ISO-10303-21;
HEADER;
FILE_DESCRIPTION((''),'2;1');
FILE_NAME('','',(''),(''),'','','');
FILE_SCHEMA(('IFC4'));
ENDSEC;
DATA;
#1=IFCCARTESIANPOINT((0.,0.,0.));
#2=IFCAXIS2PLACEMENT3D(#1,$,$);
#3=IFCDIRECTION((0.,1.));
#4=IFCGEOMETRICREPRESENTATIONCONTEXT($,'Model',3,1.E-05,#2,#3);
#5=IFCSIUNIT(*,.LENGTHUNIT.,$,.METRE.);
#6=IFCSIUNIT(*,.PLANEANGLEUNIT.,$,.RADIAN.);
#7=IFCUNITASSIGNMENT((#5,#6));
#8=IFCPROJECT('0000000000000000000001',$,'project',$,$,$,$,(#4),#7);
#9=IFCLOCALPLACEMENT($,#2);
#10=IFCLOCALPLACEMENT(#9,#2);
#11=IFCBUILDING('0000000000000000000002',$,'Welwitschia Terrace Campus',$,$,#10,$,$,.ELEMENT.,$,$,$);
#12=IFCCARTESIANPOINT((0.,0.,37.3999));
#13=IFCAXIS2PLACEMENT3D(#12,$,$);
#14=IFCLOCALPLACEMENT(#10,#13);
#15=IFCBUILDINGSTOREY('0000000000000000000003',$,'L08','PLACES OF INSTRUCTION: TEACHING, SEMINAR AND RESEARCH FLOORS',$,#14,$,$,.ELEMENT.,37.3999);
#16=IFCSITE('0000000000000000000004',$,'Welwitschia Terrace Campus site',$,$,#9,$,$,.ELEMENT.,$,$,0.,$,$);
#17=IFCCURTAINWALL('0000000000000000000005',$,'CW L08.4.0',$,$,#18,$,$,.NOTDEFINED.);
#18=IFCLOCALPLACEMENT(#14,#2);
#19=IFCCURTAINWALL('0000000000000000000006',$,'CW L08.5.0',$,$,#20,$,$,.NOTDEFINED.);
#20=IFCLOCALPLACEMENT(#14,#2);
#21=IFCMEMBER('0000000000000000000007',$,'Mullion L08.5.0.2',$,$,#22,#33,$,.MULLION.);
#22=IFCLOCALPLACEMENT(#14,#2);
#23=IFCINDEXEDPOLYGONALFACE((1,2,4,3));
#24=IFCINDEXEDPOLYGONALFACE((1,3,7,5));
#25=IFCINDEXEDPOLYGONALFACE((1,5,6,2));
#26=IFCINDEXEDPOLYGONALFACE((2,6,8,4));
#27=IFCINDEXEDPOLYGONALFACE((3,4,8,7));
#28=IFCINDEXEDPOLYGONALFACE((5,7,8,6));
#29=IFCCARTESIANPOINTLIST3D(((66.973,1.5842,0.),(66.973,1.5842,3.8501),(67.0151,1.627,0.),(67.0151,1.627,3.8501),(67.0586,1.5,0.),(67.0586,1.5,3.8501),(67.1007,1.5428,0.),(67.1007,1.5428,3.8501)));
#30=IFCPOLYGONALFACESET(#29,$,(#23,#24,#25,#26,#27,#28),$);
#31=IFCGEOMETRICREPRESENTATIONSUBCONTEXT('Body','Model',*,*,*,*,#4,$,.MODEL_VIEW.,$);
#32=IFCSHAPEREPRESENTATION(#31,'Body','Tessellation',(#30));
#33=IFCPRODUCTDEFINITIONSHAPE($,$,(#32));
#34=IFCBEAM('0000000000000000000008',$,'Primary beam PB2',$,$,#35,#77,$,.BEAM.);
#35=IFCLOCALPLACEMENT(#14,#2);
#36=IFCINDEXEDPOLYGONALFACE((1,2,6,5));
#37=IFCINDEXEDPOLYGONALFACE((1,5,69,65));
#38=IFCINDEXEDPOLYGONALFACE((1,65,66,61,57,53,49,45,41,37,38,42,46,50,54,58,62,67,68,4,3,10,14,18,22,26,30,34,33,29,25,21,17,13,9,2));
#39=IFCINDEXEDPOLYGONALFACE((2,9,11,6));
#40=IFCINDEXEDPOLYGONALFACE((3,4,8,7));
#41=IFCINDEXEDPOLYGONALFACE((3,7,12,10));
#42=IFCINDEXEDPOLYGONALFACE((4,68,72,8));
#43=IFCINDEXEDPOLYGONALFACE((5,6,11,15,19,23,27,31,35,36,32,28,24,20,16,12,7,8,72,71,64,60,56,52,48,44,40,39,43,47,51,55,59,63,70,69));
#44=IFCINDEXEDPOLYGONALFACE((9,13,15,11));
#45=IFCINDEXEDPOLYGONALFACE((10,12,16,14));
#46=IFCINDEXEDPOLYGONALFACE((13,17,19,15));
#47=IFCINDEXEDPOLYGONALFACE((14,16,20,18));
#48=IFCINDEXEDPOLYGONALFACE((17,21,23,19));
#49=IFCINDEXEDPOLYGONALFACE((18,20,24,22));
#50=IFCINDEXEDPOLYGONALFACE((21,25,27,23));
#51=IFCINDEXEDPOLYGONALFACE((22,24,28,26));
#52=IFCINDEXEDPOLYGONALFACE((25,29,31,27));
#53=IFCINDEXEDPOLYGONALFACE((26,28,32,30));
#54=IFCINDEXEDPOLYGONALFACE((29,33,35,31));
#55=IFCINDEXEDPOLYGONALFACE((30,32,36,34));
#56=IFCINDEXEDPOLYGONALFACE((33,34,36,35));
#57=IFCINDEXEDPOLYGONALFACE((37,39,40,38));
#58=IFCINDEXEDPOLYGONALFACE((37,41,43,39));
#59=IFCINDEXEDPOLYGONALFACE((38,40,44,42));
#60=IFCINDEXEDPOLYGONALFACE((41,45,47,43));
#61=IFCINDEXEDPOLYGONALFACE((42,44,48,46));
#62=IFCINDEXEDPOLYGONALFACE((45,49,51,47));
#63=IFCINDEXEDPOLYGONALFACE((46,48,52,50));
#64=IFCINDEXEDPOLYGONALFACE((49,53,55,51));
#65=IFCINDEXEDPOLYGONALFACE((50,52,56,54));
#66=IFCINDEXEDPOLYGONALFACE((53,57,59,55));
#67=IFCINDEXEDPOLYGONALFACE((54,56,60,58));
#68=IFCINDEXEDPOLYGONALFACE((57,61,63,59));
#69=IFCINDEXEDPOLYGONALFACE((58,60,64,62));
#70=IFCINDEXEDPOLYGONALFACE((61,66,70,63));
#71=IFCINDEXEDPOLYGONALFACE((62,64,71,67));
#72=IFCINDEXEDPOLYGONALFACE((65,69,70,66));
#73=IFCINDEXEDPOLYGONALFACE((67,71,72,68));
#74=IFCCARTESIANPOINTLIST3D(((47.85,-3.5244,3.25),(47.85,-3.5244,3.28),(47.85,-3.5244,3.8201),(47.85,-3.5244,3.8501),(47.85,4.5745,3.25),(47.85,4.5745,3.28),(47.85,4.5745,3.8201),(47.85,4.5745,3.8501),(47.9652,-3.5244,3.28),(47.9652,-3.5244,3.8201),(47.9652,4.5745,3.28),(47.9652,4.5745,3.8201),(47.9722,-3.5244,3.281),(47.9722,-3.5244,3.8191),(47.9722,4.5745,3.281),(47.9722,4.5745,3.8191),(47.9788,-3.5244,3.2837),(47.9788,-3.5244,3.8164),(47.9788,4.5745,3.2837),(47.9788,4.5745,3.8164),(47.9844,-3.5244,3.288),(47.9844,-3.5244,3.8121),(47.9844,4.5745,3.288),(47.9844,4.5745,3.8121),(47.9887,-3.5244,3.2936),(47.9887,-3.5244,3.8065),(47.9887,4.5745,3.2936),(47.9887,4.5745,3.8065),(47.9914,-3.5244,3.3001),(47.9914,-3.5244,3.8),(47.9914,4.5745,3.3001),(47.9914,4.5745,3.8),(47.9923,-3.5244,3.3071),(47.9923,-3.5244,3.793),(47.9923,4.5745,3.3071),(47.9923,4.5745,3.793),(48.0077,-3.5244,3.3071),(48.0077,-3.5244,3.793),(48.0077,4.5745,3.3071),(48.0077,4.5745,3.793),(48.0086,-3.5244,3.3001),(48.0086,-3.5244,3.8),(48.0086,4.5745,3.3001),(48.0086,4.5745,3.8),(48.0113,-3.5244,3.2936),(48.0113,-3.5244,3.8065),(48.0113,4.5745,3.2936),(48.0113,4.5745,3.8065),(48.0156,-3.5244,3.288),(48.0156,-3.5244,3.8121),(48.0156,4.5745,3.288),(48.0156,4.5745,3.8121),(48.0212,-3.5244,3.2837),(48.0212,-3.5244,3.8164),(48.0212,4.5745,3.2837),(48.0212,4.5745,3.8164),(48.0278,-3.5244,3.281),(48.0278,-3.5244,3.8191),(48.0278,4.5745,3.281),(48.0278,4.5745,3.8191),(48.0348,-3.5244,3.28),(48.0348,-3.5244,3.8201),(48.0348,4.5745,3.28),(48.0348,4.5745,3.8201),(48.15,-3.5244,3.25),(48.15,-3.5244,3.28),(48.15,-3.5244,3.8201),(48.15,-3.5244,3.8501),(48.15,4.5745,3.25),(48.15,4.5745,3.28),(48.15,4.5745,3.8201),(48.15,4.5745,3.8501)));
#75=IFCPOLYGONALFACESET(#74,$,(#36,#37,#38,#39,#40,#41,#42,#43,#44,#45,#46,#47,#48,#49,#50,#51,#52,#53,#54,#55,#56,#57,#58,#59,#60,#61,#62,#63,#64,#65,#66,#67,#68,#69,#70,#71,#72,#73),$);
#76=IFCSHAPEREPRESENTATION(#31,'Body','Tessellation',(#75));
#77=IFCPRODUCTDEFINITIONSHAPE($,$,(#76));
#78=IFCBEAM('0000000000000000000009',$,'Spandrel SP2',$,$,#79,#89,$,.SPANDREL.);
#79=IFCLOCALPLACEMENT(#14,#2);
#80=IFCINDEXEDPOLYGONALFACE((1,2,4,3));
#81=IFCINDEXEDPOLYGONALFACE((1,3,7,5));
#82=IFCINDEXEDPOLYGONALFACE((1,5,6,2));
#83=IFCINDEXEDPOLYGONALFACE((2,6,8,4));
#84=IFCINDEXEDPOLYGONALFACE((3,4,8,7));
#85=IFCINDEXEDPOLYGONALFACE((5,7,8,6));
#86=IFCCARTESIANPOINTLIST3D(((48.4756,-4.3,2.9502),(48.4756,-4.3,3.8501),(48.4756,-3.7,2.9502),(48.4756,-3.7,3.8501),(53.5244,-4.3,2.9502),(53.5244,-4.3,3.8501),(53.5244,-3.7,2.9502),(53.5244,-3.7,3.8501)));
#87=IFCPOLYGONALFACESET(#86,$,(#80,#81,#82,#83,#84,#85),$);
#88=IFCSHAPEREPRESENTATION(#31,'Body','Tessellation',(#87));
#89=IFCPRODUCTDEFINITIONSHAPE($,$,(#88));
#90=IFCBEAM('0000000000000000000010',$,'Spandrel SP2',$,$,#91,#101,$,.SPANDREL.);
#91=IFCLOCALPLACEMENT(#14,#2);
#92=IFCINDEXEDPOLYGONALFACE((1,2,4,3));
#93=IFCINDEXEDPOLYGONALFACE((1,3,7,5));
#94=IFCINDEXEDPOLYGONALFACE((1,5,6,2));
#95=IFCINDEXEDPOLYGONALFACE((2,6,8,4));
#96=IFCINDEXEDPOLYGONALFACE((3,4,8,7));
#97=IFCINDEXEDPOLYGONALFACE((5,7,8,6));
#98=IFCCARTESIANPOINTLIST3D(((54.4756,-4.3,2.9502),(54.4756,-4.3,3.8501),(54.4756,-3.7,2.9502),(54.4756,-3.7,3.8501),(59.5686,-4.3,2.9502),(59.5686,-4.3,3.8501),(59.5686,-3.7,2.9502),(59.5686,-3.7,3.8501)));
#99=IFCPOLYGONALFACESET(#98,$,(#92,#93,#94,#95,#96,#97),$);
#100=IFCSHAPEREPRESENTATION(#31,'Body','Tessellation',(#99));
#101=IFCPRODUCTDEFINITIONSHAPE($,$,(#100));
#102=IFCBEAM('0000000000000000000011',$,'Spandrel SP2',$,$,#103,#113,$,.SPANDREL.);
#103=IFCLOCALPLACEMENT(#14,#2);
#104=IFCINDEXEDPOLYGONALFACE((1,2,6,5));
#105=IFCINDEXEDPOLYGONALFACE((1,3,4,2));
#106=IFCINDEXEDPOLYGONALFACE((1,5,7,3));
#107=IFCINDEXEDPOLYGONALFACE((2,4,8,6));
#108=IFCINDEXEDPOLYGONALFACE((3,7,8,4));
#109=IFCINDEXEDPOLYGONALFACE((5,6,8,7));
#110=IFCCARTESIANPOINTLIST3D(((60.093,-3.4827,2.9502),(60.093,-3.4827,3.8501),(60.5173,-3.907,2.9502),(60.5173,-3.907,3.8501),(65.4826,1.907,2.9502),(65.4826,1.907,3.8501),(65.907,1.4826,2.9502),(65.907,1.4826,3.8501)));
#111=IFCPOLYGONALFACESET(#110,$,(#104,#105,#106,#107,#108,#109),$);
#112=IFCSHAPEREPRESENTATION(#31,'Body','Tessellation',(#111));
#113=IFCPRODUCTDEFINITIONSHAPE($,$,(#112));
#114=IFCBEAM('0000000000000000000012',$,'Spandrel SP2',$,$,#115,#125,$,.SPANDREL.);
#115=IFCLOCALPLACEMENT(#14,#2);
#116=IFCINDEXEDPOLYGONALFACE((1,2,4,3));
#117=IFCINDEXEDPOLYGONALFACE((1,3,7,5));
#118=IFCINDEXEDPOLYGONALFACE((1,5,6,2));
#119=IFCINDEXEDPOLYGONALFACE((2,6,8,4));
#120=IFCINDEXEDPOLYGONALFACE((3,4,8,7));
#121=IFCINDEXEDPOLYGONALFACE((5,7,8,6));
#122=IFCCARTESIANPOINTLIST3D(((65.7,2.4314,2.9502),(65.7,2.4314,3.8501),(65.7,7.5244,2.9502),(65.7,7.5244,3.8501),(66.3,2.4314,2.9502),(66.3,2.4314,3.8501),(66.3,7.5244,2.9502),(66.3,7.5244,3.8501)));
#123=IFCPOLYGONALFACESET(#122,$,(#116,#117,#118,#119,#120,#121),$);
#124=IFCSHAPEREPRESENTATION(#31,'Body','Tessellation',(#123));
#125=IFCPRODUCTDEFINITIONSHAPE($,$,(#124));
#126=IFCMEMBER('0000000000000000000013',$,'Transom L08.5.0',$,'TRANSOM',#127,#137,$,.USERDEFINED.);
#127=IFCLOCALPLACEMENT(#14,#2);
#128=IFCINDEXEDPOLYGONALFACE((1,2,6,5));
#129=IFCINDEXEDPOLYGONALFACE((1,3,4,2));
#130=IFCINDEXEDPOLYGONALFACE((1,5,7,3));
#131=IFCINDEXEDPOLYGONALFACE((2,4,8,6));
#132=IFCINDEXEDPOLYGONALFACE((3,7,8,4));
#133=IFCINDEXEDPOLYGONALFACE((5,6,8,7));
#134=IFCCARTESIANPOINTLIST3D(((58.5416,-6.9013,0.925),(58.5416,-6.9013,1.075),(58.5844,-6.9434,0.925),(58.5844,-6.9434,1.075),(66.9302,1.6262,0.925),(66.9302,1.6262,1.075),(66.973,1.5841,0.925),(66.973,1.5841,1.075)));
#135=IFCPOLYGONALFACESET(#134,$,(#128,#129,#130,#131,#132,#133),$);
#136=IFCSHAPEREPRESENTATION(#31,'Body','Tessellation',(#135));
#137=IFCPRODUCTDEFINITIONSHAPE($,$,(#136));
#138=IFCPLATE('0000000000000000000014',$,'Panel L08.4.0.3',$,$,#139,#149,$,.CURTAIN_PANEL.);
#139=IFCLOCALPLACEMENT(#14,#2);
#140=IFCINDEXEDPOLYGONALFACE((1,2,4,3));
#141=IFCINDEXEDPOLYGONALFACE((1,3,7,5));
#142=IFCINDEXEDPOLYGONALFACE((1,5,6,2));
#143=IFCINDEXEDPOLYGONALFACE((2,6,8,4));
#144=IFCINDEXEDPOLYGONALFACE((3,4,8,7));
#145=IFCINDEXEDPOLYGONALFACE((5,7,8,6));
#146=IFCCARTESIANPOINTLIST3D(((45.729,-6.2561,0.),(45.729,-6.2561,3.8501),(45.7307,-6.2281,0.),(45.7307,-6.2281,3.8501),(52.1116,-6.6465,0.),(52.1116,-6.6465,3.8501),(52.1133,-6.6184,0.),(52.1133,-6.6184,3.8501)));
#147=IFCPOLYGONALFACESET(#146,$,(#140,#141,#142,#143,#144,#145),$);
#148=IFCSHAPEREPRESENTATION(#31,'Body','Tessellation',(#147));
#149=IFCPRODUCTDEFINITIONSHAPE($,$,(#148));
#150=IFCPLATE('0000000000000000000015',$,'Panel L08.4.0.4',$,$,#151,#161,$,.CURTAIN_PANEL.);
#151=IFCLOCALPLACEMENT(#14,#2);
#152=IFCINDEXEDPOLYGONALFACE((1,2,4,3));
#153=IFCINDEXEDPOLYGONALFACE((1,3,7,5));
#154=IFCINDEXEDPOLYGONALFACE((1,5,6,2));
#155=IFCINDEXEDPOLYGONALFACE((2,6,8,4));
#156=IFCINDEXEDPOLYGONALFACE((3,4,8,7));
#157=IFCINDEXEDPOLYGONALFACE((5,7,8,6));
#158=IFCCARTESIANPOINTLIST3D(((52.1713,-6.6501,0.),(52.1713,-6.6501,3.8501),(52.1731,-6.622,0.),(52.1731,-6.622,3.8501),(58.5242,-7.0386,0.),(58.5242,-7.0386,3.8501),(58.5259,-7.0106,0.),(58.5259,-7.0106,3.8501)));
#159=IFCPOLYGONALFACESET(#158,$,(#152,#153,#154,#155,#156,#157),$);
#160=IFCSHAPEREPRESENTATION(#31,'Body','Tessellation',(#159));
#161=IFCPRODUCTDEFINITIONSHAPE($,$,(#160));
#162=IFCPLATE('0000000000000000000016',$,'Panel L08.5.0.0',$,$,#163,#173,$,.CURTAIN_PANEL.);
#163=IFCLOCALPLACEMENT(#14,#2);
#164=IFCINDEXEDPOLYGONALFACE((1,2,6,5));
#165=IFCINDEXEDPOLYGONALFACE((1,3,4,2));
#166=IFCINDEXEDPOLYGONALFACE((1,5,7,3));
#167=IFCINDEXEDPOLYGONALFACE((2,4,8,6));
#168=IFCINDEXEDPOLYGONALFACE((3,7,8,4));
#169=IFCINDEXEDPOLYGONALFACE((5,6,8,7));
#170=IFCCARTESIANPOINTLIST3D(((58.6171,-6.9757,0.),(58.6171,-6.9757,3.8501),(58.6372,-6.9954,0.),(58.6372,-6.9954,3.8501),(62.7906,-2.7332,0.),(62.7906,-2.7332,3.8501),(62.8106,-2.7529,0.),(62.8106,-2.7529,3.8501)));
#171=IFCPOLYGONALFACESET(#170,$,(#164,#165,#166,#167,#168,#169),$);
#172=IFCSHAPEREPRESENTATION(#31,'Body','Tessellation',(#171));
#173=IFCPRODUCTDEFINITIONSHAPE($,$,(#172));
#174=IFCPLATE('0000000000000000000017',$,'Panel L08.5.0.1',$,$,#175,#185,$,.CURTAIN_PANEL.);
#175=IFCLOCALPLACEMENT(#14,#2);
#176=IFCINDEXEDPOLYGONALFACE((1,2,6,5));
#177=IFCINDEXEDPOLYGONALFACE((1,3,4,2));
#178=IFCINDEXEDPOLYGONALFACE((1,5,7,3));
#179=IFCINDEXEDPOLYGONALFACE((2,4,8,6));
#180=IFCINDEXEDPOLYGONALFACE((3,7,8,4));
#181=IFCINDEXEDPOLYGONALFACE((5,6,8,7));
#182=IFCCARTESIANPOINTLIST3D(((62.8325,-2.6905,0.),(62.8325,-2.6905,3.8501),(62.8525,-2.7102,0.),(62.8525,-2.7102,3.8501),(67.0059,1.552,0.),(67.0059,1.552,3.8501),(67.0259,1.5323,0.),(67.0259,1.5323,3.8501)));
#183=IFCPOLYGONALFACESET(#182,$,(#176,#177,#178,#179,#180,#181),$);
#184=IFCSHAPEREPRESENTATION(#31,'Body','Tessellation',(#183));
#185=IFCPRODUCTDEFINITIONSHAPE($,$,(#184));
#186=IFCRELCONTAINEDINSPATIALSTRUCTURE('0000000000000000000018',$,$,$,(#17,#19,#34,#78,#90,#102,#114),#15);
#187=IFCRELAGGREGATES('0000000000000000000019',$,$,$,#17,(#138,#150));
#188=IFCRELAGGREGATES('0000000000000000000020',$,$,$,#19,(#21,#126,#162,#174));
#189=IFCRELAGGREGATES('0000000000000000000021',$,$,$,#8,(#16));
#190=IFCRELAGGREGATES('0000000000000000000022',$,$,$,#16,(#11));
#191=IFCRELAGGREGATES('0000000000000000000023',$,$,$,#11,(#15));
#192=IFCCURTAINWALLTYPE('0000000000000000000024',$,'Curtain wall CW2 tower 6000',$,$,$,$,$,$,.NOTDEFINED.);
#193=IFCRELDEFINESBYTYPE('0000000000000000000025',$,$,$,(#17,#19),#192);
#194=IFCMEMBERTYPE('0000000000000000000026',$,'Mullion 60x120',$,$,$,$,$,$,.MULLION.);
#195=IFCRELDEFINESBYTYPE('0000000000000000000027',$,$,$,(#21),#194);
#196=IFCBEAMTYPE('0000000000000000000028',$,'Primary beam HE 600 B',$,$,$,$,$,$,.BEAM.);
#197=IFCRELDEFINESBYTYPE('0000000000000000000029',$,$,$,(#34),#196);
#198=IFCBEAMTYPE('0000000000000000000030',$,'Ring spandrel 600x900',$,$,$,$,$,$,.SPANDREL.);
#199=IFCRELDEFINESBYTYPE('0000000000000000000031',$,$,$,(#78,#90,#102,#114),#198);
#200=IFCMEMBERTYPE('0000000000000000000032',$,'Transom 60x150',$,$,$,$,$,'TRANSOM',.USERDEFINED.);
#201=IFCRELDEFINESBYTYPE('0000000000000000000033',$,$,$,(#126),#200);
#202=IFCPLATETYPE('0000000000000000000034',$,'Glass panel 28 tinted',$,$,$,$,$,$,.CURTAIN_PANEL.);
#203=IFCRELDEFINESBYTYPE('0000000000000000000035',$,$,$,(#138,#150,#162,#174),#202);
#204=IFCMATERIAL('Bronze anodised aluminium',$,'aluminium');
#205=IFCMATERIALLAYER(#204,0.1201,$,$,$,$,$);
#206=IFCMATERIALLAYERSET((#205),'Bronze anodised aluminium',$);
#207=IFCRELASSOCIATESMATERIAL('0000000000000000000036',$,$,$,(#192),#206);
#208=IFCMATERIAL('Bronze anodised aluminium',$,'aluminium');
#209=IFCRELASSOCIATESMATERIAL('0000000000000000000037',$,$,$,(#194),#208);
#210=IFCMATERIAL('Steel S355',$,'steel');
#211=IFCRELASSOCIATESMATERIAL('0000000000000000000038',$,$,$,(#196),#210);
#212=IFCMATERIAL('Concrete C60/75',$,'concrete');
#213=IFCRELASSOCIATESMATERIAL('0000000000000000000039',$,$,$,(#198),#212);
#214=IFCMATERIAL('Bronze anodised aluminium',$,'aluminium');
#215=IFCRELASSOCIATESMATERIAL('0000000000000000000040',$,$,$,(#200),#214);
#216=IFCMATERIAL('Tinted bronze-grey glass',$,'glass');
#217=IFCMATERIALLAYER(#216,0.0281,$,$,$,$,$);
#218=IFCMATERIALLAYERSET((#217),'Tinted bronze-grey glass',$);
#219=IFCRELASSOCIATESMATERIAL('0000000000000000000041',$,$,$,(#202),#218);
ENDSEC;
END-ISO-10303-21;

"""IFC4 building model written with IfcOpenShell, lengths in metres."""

from ifc_helpers import new_model, si_unit, direction, frame, origin, origin_2d, place, context, subcontext, project, spatial, rectangle, i_section, extrude, material, layer, layer_set, material_profile, profile_set, type_object, element, aggregate, save


model = new_model("IFC4")

# Units and contexts
model_context = context("Model", 3, precision=1e-05, world=origin(), true_north=direction((0.0, 1.0)))
body_context = subcontext(model_context, "Body", "Model", "MODEL_VIEW")
ifc_project = project(units=[si_unit("LENGTHUNIT", "METRE"), si_unit("PLANEANGLEUNIT", "RADIAN")], contexts=[model_context])

# Site, building, storey
site_placement = place(None, origin())
site = spatial("IfcSite", under=ifc_project, at=site_placement, Name="Welwitschia Terrace Campus site", CompositionType="ELEMENT", RefElevation=0.0)
building_placement = place(site_placement, origin())
building = spatial("IfcBuilding", under=site, at=building_placement, Name="Welwitschia Terrace Campus", CompositionType="ELEMENT")
storey_placement = place(building_placement, frame((0.0, 0.0, 37.3999)))
storey = spatial("IfcBuildingStorey", under=building, at=storey_placement, Name="L08", Description="PLACES OF INSTRUCTION: TEACHING, SEMINAR AND RESEARCH FLOORS", CompositionType="ELEMENT", Elevation=37.3999)

# Curtain walls, member
ifc_material_1 = material(Name="Bronze anodised aluminium", Category="aluminium")
ifc_layer_1 = layer(ifc_material_1, 0.1201)
ifc_layer_set_1 = layer_set([ifc_layer_1], Name="Bronze anodised aluminium")
curtain_wall_type = type_object("IfcCurtainWallType", Name="Curtain wall CW2 tower 6000", PredefinedType="NOTDEFINED", material=ifc_layer_set_1)
curtain_wall_1_placement = place(storey_placement, origin())
curtain_wall_1 = element("IfcCurtainWall", 1, at=curtain_wall_1_placement, inside=storey, type_object=curtain_wall_type, Name="CW L08.4.0", PredefinedType="NOTDEFINED")
ifc_material_2 = material(Name="Bronze anodised aluminium", Category="aluminium")
ifc_material_profile_1 = material_profile(ifc_material_2, rectangle(XDim=0.1201, YDim=0.0601, at=origin_2d()))
ifc_profile_set_1 = profile_set([ifc_material_profile_1], Name="Bronze anodised aluminium")
member_type_1 = type_object("IfcMemberType", Name="Mullion 60x120", PredefinedType="MULLION", material=ifc_profile_set_1)
curtain_wall_2_placement = place(storey_placement, origin())
curtain_wall_2 = element("IfcCurtainWall", 2, at=curtain_wall_2_placement, inside=storey, type_object=curtain_wall_type, Name="CW L08.5.0", PredefinedType="NOTDEFINED")
member_1_placement = place(storey_placement, frame((67.0369, 1.5635, 0.0), z_axis=(0.0, 0.0, 1.0), x_axis=(-0.712885, 0.701281, 0.0)))
member_1 = element("IfcMember", 3, at=member_1_placement, type_object=member_type_1, Name="Mullion L08.5.0.2", PredefinedType="MULLION", context=body_context, shape_type="SweptSolid", body=[
    extrude(rectangle(XDim=0.1201, YDim=0.0601, at=origin_2d()), origin(), (0.0, 0.0, 1.0), 3.8501),
])

# Beams
ifc_material_3 = material(Name="Steel S355", Category="steel")
ifc_material_profile_2 = material_profile(ifc_material_3, i_section(OverallWidth=0.3, OverallDepth=0.6001, WebThickness=0.0154, FlangeThickness=0.03, FilletRadius=0.0271, at=origin_2d()))
ifc_profile_set_2 = profile_set([ifc_material_profile_2], Name="Steel S355")
beam_type_1 = type_object("IfcBeamType", Name="Primary beam HE 600 B", PredefinedType="BEAM", material=ifc_profile_set_2)
beam_1_placement = place(storey_placement, frame((48.0, -3.5244, 3.55), z_axis=(0.0, 1.0, 0.0), x_axis=(-1.0, 0.0, 0.0)))
element("IfcBeam", 4, at=beam_1_placement, inside=storey, type_object=beam_type_1, Name="Primary beam PB2", PredefinedType="BEAM", context=body_context, shape_type="SweptSolid", body=[
    extrude(i_section(OverallWidth=0.3, OverallDepth=0.6001, WebThickness=0.0154, FlangeThickness=0.03, FilletRadius=0.0271, at=origin_2d()), origin(), (0.0, 0.0, 1.0), 8.0989),
])
ifc_material_4 = material(Name="Concrete C60/75", Category="concrete")
ifc_material_profile_3 = material_profile(ifc_material_4, rectangle(XDim=0.6001, YDim=0.8999, at=origin_2d()))
ifc_profile_set_3 = profile_set([ifc_material_profile_3], Name="Concrete C60/75")
beam_type_2 = type_object("IfcBeamType", Name="Ring spandrel 600x900", PredefinedType="SPANDREL", material=ifc_profile_set_3)
beam_2_placement = place(storey_placement, frame((48.4756, -4.0, 3.4001), z_axis=(1.0, 0.0, 0.0), x_axis=(0.0, 1.0, 0.0)))
element("IfcBeam", 5, at=beam_2_placement, inside=storey, type_object=beam_type_2, Name="Spandrel SP2", PredefinedType="SPANDREL", context=body_context, shape_type="SweptSolid", body=[
    extrude(rectangle(XDim=0.6001, YDim=0.8999, at=origin_2d()), origin(), (0.0, 0.0, 1.0), 5.0488),
])
beam_3_placement = place(storey_placement, frame((54.4756, -4.0, 3.4001), z_axis=(1.0, 0.0, 0.0), x_axis=(0.0, 1.0, 0.0)))
element("IfcBeam", 6, at=beam_3_placement, inside=storey, type_object=beam_type_2, Name="Spandrel SP2", PredefinedType="SPANDREL", context=body_context, shape_type="SweptSolid", body=[
    extrude(rectangle(XDim=0.6001, YDim=0.8999, at=origin_2d()), origin(), (0.0, 0.0, 1.0), 5.093),
])
beam_4_placement = place(storey_placement, frame((60.3052, -3.6948, 3.4001), z_axis=(0.707107, 0.707107, 0.0), x_axis=(-0.707107, 0.707107, 0.0)))
element("IfcBeam", 7, at=beam_4_placement, inside=storey, type_object=beam_type_2, Name="Spandrel SP2", PredefinedType="SPANDREL", context=body_context, shape_type="SweptSolid", body=[
    extrude(rectangle(XDim=0.6001, YDim=0.8999, at=origin_2d()), origin(), (0.0, 0.0, 1.0), 7.6221),
])
beam_5_placement = place(storey_placement, frame((66.0, 2.4314, 3.4001), z_axis=(0.0, 1.0, 0.0), x_axis=(-1.0, 0.0, 0.0)))
element("IfcBeam", 8, at=beam_5_placement, inside=storey, type_object=beam_type_2, Name="Spandrel SP2", PredefinedType="SPANDREL", context=body_context, shape_type="SweptSolid", body=[
    extrude(rectangle(XDim=0.6001, YDim=0.8999, at=origin_2d()), origin(), (0.0, 0.0, 1.0), 5.093),
])

# Member
ifc_material_5 = material(Name="Bronze anodised aluminium", Category="aluminium")
ifc_material_profile_4 = material_profile(ifc_material_5, rectangle(XDim=0.0601, YDim=0.1499, at=origin_2d()))
ifc_profile_set_4 = profile_set([ifc_material_profile_4], Name="Bronze anodised aluminium")
member_type_2 = type_object("IfcMemberType", Name="Transom 60x150", ElementType="TRANSOM", PredefinedType="USERDEFINED", material=ifc_profile_set_4)
member_2_placement = place(storey_placement, frame((58.563, -6.9224, 1.0), z_axis=(0.701276, 0.712889, 0.0), x_axis=(-0.712889, 0.701276, 0.0)))
member_2 = element("IfcMember", 9, at=member_2_placement, type_object=member_type_2, Name="Transom L08.5.0", ObjectType="TRANSOM", PredefinedType="USERDEFINED", context=body_context, shape_type="SweptSolid", body=[
    extrude(rectangle(XDim=0.0601, YDim=0.1499, at=origin_2d()), origin(), (0.0, 0.0, 1.0), 11.9619),
])

# Plates
ifc_material_6 = material(Name="Tinted bronze-grey glass", Category="glass")
ifc_layer_2 = layer(ifc_material_6, 0.0281)
ifc_layer_set_2 = layer_set([ifc_layer_2], Name="Tinted bronze-grey glass")
plate_type = type_object("IfcPlateType", Name="Glass panel 28 tinted", PredefinedType="CURTAIN_PANEL", material=ifc_layer_set_2)
plate_1_placement = place(storey_placement, frame((48.9211, -6.4373, 0.0), z_axis=(0.0, 0.0, 1.0), x_axis=(0.998135, -0.061049, 0.0)))
plate_1 = element("IfcPlate", 10, at=plate_1_placement, type_object=plate_type, Name="Panel L08.4.0.3", PredefinedType="CURTAIN_PANEL", context=body_context, shape_type="SweptSolid", body=[
    extrude(rectangle(XDim=6.3945, YDim=0.0281, at=origin_2d()), origin(), (0.0, 0.0, 1.0), 3.8501),
])
plate_2_placement = place(storey_placement, frame((55.3486, -6.8303, 0.0), z_axis=(0.0, 0.0, 1.0), x_axis=(0.998135, -0.061049, 0.0)))
plate_2 = element("IfcPlate", 11, at=plate_2_placement, type_object=plate_type, Name="Panel L08.4.0.4", PredefinedType="CURTAIN_PANEL", context=body_context, shape_type="SweptSolid", body=[
    extrude(rectangle(XDim=6.3647, YDim=0.0281, at=origin_2d()), origin(), (0.0, 0.0, 1.0), 3.8501),
])
aggregate(curtain_wall_1, [plate_1, plate_2])
plate_3_placement = place(storey_placement, frame((60.7139, -4.8643, 0.0), z_axis=(0.0, 0.0, 1.0), x_axis=(0.701281, 0.712885, 0.0)))
plate_3 = element("IfcPlate", 12, at=plate_3_placement, type_object=plate_type, Name="Panel L08.5.0.0", PredefinedType="CURTAIN_PANEL", context=body_context, shape_type="SweptSolid", body=[
    extrude(rectangle(XDim=5.9512, YDim=0.0281, at=origin_2d()), origin(), (0.0, 0.0, 1.0), 3.8501),
])
plate_4_placement = place(storey_placement, frame((64.9292, -0.5791, 0.0), z_axis=(0.0, 0.0, 1.0), x_axis=(0.701281, 0.712885, 0.0)))
plate_4 = element("IfcPlate", 13, at=plate_4_placement, type_object=plate_type, Name="Panel L08.5.0.1", PredefinedType="CURTAIN_PANEL", context=body_context, shape_type="SweptSolid", body=[
    extrude(rectangle(XDim=5.9512, YDim=0.0281, at=origin_2d()), origin(), (0.0, 0.0, 1.0), 3.8501),
])
aggregate(curtain_wall_2, [member_1, member_2, plate_3, plate_4])

save(model, "model.ifc")
